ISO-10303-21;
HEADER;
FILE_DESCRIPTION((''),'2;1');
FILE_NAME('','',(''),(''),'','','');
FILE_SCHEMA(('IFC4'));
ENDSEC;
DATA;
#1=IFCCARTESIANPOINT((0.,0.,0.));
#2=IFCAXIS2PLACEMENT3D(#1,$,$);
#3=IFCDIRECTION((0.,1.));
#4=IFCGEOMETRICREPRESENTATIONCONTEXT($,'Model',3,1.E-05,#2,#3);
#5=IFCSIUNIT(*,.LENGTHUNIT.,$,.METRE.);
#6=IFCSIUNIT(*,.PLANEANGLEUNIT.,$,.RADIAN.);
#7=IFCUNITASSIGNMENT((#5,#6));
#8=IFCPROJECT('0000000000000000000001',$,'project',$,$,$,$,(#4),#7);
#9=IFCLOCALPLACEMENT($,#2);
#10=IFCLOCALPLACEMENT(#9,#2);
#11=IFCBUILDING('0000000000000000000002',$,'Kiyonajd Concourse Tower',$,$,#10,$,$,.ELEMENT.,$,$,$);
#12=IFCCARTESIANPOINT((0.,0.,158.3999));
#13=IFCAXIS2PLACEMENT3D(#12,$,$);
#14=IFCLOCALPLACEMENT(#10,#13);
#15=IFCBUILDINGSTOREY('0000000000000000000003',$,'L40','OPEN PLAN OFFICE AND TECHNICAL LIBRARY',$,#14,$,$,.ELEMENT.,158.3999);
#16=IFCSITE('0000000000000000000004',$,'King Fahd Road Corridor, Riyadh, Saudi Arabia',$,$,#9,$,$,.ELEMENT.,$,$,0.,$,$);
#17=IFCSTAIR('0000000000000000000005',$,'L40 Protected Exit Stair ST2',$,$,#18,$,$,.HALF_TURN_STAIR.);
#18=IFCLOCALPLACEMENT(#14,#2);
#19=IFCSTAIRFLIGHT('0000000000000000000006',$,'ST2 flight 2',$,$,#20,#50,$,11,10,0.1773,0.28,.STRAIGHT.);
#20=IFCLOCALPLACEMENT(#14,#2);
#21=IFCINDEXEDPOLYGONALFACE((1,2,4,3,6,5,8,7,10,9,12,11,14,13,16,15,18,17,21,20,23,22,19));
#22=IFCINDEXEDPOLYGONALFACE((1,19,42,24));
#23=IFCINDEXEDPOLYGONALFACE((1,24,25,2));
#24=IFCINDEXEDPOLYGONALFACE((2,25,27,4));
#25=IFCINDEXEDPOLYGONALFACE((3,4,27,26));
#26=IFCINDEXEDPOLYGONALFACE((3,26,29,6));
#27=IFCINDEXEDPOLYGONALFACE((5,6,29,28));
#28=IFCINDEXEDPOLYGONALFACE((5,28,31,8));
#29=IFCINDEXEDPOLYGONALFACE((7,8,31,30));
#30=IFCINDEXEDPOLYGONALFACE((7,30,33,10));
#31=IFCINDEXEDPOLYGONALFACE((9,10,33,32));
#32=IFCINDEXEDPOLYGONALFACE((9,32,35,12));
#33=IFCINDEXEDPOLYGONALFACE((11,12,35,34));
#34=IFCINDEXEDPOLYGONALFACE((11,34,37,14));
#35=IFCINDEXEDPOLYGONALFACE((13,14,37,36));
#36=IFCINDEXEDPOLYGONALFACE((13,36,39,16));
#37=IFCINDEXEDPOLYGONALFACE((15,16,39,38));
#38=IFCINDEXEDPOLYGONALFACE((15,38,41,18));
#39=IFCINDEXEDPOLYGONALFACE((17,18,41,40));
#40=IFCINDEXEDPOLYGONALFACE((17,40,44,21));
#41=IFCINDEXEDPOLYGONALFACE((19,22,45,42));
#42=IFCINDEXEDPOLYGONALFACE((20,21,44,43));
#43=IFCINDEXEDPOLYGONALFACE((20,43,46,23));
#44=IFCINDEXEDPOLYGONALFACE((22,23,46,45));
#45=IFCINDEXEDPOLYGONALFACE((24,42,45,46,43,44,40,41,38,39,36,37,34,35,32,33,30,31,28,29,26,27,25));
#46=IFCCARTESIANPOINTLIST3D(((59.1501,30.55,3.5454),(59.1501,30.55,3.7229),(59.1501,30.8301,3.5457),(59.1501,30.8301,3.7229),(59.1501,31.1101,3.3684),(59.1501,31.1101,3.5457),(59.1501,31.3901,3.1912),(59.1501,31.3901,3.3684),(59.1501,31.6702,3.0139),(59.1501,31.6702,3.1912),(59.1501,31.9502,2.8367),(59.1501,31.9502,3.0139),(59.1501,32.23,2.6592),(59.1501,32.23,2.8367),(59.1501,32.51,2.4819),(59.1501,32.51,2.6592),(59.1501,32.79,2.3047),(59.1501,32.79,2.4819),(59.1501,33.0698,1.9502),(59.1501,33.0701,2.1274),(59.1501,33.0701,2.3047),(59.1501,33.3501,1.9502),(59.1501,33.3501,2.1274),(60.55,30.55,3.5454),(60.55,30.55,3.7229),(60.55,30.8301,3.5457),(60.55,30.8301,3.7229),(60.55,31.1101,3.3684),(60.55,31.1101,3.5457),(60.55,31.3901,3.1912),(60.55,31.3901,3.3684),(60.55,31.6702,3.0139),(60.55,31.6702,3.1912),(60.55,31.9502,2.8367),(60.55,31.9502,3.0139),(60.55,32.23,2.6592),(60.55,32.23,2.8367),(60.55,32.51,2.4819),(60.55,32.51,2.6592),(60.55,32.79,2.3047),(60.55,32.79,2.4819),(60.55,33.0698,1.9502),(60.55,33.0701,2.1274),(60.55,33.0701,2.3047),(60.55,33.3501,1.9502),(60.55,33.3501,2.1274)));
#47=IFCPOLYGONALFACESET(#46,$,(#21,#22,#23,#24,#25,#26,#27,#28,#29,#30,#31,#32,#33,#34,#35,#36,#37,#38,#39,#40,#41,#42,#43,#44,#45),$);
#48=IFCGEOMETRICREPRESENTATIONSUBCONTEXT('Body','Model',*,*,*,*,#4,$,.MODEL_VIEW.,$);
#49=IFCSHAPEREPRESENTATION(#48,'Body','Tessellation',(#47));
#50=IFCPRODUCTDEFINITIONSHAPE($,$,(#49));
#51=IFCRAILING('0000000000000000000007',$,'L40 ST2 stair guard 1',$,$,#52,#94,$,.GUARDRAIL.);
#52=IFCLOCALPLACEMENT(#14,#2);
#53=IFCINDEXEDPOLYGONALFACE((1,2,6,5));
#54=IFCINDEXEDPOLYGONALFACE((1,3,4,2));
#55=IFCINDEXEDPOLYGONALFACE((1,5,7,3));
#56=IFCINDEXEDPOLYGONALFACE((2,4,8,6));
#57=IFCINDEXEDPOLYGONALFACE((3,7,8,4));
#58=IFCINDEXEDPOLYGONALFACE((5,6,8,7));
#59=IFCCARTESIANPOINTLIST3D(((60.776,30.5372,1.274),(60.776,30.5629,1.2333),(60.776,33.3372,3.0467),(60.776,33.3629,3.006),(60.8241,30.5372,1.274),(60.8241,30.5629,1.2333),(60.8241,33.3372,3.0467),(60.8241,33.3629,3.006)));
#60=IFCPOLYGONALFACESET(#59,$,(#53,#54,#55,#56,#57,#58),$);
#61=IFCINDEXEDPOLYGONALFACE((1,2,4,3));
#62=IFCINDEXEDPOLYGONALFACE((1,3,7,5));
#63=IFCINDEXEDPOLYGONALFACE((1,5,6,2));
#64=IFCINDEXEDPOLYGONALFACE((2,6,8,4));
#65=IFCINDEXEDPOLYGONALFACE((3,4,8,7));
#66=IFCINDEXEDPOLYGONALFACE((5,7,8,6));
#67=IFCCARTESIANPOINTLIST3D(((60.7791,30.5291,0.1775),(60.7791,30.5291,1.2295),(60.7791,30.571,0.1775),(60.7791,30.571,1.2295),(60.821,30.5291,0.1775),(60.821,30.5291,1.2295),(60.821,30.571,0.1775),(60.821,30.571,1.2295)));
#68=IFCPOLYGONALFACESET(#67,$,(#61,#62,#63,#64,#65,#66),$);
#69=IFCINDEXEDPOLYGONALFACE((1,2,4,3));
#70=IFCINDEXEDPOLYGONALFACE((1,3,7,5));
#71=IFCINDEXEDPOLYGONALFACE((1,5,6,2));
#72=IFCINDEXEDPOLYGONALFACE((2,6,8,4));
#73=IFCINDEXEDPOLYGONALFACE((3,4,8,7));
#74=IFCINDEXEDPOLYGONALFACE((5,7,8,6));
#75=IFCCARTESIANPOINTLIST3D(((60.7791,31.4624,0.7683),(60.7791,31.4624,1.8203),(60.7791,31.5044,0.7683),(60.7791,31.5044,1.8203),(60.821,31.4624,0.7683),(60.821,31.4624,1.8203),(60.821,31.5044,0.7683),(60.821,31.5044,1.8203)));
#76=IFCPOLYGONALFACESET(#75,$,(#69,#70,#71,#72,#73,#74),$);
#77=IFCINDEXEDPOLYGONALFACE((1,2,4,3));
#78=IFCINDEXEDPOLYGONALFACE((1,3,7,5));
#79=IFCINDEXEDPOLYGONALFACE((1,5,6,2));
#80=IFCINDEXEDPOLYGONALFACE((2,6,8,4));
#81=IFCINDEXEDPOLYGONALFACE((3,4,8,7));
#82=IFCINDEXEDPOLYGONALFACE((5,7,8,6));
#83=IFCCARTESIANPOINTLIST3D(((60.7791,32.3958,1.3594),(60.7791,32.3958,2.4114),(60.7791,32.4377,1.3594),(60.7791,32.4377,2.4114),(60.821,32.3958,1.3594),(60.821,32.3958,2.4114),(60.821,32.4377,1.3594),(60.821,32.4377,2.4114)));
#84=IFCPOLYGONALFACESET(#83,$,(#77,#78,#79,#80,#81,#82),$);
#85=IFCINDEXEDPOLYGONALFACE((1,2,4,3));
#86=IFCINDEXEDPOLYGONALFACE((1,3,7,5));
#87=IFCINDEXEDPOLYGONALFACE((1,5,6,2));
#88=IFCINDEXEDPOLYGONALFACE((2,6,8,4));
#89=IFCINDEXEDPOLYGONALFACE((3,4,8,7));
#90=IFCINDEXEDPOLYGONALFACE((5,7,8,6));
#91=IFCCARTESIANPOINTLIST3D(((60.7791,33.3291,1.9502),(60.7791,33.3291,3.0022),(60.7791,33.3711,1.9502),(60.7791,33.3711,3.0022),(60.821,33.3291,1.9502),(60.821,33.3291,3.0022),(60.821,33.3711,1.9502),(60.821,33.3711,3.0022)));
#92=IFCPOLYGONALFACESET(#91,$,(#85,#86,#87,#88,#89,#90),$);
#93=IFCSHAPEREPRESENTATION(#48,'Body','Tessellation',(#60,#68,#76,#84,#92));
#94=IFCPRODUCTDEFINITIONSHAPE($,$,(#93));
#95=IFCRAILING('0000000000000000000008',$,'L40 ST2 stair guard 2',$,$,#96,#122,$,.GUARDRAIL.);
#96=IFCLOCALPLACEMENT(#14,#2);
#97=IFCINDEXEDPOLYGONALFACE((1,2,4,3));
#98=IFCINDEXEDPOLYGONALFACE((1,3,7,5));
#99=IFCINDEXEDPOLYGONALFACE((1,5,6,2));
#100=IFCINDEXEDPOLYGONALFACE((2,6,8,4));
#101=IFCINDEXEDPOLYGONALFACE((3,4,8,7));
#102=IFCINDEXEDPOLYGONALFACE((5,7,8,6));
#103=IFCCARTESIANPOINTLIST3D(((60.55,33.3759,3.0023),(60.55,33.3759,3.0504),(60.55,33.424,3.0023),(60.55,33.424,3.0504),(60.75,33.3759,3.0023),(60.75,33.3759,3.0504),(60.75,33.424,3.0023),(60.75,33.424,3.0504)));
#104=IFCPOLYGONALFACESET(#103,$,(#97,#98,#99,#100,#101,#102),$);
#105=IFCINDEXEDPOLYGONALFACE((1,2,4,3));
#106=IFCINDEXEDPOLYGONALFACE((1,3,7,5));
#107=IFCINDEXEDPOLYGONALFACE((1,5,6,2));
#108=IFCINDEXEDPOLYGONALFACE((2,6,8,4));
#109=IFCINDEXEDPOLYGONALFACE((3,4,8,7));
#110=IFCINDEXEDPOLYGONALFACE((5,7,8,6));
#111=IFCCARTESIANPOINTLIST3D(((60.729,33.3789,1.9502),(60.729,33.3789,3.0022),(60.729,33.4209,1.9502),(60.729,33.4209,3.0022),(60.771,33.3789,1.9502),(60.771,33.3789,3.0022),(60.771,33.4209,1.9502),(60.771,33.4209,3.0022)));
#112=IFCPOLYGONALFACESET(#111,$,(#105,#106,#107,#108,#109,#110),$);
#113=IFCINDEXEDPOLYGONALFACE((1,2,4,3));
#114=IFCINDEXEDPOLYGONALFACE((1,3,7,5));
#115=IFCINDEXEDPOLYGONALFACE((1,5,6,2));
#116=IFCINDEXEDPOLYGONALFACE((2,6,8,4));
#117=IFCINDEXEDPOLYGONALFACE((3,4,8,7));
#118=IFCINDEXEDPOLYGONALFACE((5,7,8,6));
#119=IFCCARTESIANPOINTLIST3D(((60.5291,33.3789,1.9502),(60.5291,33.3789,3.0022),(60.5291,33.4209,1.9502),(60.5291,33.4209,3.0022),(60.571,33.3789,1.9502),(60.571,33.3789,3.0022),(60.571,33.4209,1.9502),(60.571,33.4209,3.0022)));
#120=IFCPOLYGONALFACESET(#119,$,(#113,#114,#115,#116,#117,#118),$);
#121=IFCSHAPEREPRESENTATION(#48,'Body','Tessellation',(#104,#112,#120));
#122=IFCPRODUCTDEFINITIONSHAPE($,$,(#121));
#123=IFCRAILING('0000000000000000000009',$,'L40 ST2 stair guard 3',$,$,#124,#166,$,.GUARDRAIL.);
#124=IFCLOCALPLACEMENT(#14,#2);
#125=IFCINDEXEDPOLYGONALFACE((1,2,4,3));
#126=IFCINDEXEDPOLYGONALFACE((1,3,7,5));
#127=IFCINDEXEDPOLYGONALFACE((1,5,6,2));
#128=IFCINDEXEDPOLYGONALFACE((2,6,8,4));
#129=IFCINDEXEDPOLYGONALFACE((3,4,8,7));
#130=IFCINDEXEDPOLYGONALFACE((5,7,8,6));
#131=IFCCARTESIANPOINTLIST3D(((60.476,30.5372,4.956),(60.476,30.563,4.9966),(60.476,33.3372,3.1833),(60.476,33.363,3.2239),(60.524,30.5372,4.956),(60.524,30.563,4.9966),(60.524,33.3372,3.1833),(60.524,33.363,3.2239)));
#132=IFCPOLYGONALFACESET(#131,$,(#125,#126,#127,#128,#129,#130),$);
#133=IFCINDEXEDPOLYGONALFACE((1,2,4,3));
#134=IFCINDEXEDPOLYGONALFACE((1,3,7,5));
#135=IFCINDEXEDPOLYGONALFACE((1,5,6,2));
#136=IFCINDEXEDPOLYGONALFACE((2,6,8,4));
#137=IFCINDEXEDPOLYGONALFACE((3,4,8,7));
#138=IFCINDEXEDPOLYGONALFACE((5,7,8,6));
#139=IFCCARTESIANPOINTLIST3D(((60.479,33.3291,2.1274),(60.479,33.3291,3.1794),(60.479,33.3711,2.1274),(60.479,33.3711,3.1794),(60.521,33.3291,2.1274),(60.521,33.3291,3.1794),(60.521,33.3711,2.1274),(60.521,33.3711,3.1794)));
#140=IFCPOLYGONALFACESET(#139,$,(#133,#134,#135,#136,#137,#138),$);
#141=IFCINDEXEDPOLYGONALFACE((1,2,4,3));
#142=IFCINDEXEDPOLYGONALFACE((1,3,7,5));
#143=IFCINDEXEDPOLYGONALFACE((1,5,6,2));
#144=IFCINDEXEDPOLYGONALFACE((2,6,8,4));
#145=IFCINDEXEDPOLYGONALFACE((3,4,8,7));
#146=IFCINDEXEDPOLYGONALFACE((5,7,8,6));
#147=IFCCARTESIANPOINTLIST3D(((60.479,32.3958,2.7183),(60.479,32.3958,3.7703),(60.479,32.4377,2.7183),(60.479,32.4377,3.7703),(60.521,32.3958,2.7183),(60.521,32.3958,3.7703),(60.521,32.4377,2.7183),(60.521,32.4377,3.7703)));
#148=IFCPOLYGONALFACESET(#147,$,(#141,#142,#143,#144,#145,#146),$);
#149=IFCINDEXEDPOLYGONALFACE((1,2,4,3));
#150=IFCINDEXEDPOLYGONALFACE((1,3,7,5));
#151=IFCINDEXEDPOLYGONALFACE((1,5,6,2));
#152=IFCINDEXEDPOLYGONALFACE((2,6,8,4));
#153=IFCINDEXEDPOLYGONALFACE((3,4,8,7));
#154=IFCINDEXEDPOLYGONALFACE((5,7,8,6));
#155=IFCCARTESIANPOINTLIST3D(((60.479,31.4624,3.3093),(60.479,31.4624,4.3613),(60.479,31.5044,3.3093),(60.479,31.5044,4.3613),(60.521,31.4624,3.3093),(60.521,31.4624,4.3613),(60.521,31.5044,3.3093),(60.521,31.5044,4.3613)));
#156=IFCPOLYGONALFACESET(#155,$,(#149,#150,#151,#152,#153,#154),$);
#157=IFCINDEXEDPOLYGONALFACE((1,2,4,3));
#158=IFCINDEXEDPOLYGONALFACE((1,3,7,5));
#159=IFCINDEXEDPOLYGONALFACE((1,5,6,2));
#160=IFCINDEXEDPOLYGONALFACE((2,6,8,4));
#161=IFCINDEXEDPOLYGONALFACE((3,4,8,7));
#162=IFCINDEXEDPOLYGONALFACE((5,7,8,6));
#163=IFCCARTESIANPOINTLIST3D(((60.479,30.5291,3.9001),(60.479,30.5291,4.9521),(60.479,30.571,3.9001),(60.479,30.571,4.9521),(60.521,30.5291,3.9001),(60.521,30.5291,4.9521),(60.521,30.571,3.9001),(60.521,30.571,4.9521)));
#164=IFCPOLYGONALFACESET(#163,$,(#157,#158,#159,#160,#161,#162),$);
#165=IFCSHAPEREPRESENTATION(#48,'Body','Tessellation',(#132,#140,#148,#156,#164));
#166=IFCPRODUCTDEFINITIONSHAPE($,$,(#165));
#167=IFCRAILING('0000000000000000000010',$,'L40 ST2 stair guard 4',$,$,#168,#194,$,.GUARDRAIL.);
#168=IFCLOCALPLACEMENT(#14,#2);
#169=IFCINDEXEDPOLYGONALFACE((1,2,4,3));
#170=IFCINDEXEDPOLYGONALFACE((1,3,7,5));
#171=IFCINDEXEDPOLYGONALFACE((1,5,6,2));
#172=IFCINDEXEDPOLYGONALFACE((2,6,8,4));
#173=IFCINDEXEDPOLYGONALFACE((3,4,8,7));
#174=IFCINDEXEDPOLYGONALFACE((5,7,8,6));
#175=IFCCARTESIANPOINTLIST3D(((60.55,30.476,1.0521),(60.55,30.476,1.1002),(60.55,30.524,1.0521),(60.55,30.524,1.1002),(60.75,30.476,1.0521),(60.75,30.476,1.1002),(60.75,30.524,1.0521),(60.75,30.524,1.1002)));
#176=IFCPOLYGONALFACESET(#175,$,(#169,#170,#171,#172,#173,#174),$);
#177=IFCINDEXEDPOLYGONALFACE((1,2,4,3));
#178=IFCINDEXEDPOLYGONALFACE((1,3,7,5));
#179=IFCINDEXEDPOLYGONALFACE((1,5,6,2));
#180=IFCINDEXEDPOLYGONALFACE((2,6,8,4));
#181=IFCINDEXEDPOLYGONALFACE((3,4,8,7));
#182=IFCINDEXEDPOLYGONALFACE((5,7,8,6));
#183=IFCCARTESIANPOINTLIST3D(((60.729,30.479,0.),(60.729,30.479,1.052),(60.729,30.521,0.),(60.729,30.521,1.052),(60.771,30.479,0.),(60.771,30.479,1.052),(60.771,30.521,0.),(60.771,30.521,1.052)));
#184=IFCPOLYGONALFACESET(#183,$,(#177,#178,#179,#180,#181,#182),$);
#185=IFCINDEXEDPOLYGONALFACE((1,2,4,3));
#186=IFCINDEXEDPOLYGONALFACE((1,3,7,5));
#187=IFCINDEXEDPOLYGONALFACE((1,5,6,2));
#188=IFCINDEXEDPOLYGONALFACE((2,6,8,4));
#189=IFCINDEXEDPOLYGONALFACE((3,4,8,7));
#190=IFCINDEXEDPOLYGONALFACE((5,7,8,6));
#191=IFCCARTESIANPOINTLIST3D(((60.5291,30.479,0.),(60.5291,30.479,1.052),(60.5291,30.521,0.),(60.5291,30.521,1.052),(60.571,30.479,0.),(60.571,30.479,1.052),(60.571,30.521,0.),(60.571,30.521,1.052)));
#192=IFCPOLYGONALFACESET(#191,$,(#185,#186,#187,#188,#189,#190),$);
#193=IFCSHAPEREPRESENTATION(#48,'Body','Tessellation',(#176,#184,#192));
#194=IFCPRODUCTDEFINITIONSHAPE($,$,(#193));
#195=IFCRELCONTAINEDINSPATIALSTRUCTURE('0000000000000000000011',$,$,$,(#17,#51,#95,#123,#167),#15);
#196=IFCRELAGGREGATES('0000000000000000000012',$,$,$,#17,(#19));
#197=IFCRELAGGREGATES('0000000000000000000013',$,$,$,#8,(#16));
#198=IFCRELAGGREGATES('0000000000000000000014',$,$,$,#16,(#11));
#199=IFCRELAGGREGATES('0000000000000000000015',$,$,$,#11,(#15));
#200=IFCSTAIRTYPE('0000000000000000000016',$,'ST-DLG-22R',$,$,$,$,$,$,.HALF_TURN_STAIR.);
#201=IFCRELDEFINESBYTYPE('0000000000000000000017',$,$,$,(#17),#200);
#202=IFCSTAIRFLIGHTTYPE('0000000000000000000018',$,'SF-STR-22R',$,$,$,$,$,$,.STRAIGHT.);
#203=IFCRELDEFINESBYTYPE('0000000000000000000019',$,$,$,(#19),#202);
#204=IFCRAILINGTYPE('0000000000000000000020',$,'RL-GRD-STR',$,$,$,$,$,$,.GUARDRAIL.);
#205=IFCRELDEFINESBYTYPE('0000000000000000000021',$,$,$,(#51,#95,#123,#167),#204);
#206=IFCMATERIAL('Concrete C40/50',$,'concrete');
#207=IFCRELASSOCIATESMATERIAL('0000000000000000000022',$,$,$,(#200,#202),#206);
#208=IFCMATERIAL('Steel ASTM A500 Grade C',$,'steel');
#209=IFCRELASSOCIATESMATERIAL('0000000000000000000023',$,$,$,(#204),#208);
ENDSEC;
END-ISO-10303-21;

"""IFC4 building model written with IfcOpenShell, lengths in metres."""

from ifc_helpers import new_model, si_unit, direction, frame, origin, origin_2d, place, context, subcontext, project, spatial, polyline, rectangle, outline, extrude, material, type_object, element, aggregate, save


model = new_model("IFC4")

# Units and contexts
model_context = context("Model", 3, precision=1e-05, world=origin(), true_north=direction((0.0, 1.0)))
body_context = subcontext(model_context, "Body", "Model", "MODEL_VIEW")
ifc_project = project(units=[si_unit("LENGTHUNIT", "METRE"), si_unit("PLANEANGLEUNIT", "RADIAN")], contexts=[model_context])

# Site, building, storey
site_placement = place(None, origin())
site = spatial("IfcSite", under=ifc_project, at=site_placement, Name="King Fahd Road Corridor, Riyadh, Saudi Arabia", CompositionType="ELEMENT", RefElevation=0.0)
building_placement = place(site_placement, origin())
building = spatial("IfcBuilding", under=site, at=building_placement, Name="Kiyonajd Concourse Tower", CompositionType="ELEMENT")
storey_placement = place(building_placement, frame((0.0, 0.0, 158.3999)))
storey = spatial("IfcBuildingStorey", under=building, at=storey_placement, Name="L40", Description="OPEN PLAN OFFICE AND TECHNICAL LIBRARY", CompositionType="ELEMENT", Elevation=158.3999)

# Stair, stair flight
ifc_material_1 = material(Name="Concrete C40/50", Category="concrete")
stair_type = type_object("IfcStairType", Name="ST-DLG-22R", PredefinedType="HALF_TURN_STAIR", material=ifc_material_1)
stair_placement = place(storey_placement, origin())
stair = element("IfcStair", 1, at=stair_placement, inside=storey, type_object=stair_type, Name="L40 Protected Exit Stair ST2", PredefinedType="HALF_TURN_STAIR")
stair_flight_type = type_object("IfcStairFlightType", Name="SF-STR-22R", PredefinedType="STRAIGHT", material=ifc_material_1)
stair_flight_1_placement = place(storey_placement, frame((59.8501, 33.3501, 1.9502), z_axis=(0.0, 0.0, 1.0), x_axis=(0.0, -1.0, 0.0)))
stair_flight_1 = element("IfcStairFlight", 2, at=stair_flight_1_placement, type_object=stair_flight_type, Name="ST2 flight 2", NumberOfRisers=11, NumberOfTreads=10, PredefinedType="STRAIGHT", RiserHeight=0.1773, TreadLength=0.28, context=body_context, shape_type="SweptSolid", body=[
    extrude(outline(polyline([(0.0, 0.0), (0.0, 0.1772), (0.28, 0.1772), (0.28, 0.3545), (0.5601, 0.3545), (0.5601, 0.5317), (0.8401, 0.5317), (0.8401, 0.709), (1.1201, 0.709), (1.1201, 0.8865), (1.3999, 0.8865), (1.3999, 1.0637), (1.6799, 1.0637), (1.6799, 1.241), (1.96, 1.241), (1.96, 1.4182), (2.24, 1.4182), (2.24, 1.5955), (2.52, 1.5955), (2.52, 1.7727), (2.8, 1.7727), (2.8, 1.95), (2.8, 1.5952), (0.2803, 0.0), (0.0, 0.0)])), frame((0.0, 0.7, 0.0), z_axis=(0.0, -1.0, 0.0), x_axis=(1.0, 0.0, 0.0)), (0.0, 0.0, 1.0), 1.3999),
])
aggregate(stair, [stair_flight_1])

# Railings
ifc_material_2 = material(Name="Steel ASTM A500 Grade C", Category="steel")
railing_type_1 = type_object("IfcRailingType", Name="RL-GRD-STR", PredefinedType="GUARDRAIL", material=ifc_material_2)
railing_1_placement = place(storey_placement, frame((60.8, 30.55, 0.1775)))
element("IfcRailing", 3, at=railing_1_placement, inside=storey, type_object=railing_type_1, Name="L40 ST2 stair guard 1", PredefinedType="GUARDRAIL", context=body_context, shape_type="SweptSolid", body=[
    extrude(rectangle(XDim=0.0481, YDim=0.0481, at=origin_2d()), frame((0.0, 0.0, 1.0762), z_axis=(0.0, 0.844909, 0.53491), x_axis=(-1.0, 0.0, 0.0)), (0.0, 0.0, 1.0), 3.314),
    extrude(rectangle(XDim=0.042, YDim=0.042, at=origin_2d()), origin(), (0.0, 0.0, 1.0), 1.052),
    extrude(rectangle(XDim=0.042, YDim=0.042, at=origin_2d()), frame((0.0, 0.9333, 0.5908)), (0.0, 0.0, 1.0), 1.052),
    extrude(rectangle(XDim=0.042, YDim=0.042, at=origin_2d()), frame((0.0, 1.8667, 1.1819)), (0.0, 0.0, 1.0), 1.052),
    extrude(rectangle(XDim=0.042, YDim=0.042, at=origin_2d()), frame((0.0, 2.8, 1.7727)), (0.0, 0.0, 1.0), 1.052),
])
railing_2_placement = place(storey_placement, frame((60.75, 33.3999, 1.9502)))
element("IfcRailing", 4, at=railing_2_placement, inside=storey, type_object=railing_type_1, Name="L40 ST2 stair guard 2", PredefinedType="GUARDRAIL", context=body_context, shape_type="SweptSolid", body=[
    extrude(rectangle(XDim=0.0481, YDim=0.0481, at=origin_2d()), frame((0.0, 0.0, 1.0762), z_axis=(-1.0, 0.0, 0.0), x_axis=(0.0, -1.0, 0.0)), (0.0, 0.0, 1.0), 0.2),
    extrude(rectangle(XDim=0.042, YDim=0.042, at=origin_2d()), origin(), (0.0, 0.0, 1.0), 1.052),
    extrude(rectangle(XDim=0.042, YDim=0.042, at=origin_2d()), frame((-0.2, 0.0, 0.0)), (0.0, 0.0, 1.0), 1.052),
])
railing_3_placement = place(storey_placement, frame((60.5, 33.3501, 2.1274)))
element("IfcRailing", 5, at=railing_3_placement, inside=storey, type_object=railing_type_1, Name="L40 ST2 stair guard 3", PredefinedType="GUARDRAIL", context=body_context, shape_type="SweptSolid", body=[
    extrude(rectangle(XDim=0.0481, YDim=0.0481, at=origin_2d()), frame((0.0, 0.0, 1.0762), z_axis=(0.0, -0.844909, 0.53491), x_axis=(1.0, 0.0, 0.0)), (0.0, 0.0, 1.0), 3.314),
    extrude(rectangle(XDim=0.042, YDim=0.042, at=origin_2d()), origin(), (0.0, 0.0, 1.0), 1.052),
    extrude(rectangle(XDim=0.042, YDim=0.042, at=origin_2d()), frame((0.0, -0.9333, 0.5908)), (0.0, 0.0, 1.0), 1.052),
    extrude(rectangle(XDim=0.042, YDim=0.042, at=origin_2d()), frame((0.0, -1.8667, 1.1819)), (0.0, 0.0, 1.0), 1.052),
    extrude(rectangle(XDim=0.042, YDim=0.042, at=origin_2d()), frame((0.0, -2.8, 1.7727)), (0.0, 0.0, 1.0), 1.052),
])
railing_4_placement = place(storey_placement, frame((60.75, 30.5, 0.0)))
element("IfcRailing", 6, at=railing_4_placement, inside=storey, type_object=railing_type_1, Name="L40 ST2 stair guard 4", PredefinedType="GUARDRAIL", context=body_context, shape_type="SweptSolid", body=[
    extrude(rectangle(XDim=0.0481, YDim=0.0481, at=origin_2d()), frame((0.0, 0.0, 1.0762), z_axis=(-1.0, 0.0, 0.0), x_axis=(0.0, -1.0, 0.0)), (0.0, 0.0, 1.0), 0.2),
    extrude(rectangle(XDim=0.042, YDim=0.042, at=origin_2d()), origin(), (0.0, 0.0, 1.0), 1.052),
    extrude(rectangle(XDim=0.042, YDim=0.042, at=origin_2d()), frame((-0.2, 0.0, 0.0)), (0.0, 0.0, 1.0), 1.052),
])

save(model, "model.ifc")
